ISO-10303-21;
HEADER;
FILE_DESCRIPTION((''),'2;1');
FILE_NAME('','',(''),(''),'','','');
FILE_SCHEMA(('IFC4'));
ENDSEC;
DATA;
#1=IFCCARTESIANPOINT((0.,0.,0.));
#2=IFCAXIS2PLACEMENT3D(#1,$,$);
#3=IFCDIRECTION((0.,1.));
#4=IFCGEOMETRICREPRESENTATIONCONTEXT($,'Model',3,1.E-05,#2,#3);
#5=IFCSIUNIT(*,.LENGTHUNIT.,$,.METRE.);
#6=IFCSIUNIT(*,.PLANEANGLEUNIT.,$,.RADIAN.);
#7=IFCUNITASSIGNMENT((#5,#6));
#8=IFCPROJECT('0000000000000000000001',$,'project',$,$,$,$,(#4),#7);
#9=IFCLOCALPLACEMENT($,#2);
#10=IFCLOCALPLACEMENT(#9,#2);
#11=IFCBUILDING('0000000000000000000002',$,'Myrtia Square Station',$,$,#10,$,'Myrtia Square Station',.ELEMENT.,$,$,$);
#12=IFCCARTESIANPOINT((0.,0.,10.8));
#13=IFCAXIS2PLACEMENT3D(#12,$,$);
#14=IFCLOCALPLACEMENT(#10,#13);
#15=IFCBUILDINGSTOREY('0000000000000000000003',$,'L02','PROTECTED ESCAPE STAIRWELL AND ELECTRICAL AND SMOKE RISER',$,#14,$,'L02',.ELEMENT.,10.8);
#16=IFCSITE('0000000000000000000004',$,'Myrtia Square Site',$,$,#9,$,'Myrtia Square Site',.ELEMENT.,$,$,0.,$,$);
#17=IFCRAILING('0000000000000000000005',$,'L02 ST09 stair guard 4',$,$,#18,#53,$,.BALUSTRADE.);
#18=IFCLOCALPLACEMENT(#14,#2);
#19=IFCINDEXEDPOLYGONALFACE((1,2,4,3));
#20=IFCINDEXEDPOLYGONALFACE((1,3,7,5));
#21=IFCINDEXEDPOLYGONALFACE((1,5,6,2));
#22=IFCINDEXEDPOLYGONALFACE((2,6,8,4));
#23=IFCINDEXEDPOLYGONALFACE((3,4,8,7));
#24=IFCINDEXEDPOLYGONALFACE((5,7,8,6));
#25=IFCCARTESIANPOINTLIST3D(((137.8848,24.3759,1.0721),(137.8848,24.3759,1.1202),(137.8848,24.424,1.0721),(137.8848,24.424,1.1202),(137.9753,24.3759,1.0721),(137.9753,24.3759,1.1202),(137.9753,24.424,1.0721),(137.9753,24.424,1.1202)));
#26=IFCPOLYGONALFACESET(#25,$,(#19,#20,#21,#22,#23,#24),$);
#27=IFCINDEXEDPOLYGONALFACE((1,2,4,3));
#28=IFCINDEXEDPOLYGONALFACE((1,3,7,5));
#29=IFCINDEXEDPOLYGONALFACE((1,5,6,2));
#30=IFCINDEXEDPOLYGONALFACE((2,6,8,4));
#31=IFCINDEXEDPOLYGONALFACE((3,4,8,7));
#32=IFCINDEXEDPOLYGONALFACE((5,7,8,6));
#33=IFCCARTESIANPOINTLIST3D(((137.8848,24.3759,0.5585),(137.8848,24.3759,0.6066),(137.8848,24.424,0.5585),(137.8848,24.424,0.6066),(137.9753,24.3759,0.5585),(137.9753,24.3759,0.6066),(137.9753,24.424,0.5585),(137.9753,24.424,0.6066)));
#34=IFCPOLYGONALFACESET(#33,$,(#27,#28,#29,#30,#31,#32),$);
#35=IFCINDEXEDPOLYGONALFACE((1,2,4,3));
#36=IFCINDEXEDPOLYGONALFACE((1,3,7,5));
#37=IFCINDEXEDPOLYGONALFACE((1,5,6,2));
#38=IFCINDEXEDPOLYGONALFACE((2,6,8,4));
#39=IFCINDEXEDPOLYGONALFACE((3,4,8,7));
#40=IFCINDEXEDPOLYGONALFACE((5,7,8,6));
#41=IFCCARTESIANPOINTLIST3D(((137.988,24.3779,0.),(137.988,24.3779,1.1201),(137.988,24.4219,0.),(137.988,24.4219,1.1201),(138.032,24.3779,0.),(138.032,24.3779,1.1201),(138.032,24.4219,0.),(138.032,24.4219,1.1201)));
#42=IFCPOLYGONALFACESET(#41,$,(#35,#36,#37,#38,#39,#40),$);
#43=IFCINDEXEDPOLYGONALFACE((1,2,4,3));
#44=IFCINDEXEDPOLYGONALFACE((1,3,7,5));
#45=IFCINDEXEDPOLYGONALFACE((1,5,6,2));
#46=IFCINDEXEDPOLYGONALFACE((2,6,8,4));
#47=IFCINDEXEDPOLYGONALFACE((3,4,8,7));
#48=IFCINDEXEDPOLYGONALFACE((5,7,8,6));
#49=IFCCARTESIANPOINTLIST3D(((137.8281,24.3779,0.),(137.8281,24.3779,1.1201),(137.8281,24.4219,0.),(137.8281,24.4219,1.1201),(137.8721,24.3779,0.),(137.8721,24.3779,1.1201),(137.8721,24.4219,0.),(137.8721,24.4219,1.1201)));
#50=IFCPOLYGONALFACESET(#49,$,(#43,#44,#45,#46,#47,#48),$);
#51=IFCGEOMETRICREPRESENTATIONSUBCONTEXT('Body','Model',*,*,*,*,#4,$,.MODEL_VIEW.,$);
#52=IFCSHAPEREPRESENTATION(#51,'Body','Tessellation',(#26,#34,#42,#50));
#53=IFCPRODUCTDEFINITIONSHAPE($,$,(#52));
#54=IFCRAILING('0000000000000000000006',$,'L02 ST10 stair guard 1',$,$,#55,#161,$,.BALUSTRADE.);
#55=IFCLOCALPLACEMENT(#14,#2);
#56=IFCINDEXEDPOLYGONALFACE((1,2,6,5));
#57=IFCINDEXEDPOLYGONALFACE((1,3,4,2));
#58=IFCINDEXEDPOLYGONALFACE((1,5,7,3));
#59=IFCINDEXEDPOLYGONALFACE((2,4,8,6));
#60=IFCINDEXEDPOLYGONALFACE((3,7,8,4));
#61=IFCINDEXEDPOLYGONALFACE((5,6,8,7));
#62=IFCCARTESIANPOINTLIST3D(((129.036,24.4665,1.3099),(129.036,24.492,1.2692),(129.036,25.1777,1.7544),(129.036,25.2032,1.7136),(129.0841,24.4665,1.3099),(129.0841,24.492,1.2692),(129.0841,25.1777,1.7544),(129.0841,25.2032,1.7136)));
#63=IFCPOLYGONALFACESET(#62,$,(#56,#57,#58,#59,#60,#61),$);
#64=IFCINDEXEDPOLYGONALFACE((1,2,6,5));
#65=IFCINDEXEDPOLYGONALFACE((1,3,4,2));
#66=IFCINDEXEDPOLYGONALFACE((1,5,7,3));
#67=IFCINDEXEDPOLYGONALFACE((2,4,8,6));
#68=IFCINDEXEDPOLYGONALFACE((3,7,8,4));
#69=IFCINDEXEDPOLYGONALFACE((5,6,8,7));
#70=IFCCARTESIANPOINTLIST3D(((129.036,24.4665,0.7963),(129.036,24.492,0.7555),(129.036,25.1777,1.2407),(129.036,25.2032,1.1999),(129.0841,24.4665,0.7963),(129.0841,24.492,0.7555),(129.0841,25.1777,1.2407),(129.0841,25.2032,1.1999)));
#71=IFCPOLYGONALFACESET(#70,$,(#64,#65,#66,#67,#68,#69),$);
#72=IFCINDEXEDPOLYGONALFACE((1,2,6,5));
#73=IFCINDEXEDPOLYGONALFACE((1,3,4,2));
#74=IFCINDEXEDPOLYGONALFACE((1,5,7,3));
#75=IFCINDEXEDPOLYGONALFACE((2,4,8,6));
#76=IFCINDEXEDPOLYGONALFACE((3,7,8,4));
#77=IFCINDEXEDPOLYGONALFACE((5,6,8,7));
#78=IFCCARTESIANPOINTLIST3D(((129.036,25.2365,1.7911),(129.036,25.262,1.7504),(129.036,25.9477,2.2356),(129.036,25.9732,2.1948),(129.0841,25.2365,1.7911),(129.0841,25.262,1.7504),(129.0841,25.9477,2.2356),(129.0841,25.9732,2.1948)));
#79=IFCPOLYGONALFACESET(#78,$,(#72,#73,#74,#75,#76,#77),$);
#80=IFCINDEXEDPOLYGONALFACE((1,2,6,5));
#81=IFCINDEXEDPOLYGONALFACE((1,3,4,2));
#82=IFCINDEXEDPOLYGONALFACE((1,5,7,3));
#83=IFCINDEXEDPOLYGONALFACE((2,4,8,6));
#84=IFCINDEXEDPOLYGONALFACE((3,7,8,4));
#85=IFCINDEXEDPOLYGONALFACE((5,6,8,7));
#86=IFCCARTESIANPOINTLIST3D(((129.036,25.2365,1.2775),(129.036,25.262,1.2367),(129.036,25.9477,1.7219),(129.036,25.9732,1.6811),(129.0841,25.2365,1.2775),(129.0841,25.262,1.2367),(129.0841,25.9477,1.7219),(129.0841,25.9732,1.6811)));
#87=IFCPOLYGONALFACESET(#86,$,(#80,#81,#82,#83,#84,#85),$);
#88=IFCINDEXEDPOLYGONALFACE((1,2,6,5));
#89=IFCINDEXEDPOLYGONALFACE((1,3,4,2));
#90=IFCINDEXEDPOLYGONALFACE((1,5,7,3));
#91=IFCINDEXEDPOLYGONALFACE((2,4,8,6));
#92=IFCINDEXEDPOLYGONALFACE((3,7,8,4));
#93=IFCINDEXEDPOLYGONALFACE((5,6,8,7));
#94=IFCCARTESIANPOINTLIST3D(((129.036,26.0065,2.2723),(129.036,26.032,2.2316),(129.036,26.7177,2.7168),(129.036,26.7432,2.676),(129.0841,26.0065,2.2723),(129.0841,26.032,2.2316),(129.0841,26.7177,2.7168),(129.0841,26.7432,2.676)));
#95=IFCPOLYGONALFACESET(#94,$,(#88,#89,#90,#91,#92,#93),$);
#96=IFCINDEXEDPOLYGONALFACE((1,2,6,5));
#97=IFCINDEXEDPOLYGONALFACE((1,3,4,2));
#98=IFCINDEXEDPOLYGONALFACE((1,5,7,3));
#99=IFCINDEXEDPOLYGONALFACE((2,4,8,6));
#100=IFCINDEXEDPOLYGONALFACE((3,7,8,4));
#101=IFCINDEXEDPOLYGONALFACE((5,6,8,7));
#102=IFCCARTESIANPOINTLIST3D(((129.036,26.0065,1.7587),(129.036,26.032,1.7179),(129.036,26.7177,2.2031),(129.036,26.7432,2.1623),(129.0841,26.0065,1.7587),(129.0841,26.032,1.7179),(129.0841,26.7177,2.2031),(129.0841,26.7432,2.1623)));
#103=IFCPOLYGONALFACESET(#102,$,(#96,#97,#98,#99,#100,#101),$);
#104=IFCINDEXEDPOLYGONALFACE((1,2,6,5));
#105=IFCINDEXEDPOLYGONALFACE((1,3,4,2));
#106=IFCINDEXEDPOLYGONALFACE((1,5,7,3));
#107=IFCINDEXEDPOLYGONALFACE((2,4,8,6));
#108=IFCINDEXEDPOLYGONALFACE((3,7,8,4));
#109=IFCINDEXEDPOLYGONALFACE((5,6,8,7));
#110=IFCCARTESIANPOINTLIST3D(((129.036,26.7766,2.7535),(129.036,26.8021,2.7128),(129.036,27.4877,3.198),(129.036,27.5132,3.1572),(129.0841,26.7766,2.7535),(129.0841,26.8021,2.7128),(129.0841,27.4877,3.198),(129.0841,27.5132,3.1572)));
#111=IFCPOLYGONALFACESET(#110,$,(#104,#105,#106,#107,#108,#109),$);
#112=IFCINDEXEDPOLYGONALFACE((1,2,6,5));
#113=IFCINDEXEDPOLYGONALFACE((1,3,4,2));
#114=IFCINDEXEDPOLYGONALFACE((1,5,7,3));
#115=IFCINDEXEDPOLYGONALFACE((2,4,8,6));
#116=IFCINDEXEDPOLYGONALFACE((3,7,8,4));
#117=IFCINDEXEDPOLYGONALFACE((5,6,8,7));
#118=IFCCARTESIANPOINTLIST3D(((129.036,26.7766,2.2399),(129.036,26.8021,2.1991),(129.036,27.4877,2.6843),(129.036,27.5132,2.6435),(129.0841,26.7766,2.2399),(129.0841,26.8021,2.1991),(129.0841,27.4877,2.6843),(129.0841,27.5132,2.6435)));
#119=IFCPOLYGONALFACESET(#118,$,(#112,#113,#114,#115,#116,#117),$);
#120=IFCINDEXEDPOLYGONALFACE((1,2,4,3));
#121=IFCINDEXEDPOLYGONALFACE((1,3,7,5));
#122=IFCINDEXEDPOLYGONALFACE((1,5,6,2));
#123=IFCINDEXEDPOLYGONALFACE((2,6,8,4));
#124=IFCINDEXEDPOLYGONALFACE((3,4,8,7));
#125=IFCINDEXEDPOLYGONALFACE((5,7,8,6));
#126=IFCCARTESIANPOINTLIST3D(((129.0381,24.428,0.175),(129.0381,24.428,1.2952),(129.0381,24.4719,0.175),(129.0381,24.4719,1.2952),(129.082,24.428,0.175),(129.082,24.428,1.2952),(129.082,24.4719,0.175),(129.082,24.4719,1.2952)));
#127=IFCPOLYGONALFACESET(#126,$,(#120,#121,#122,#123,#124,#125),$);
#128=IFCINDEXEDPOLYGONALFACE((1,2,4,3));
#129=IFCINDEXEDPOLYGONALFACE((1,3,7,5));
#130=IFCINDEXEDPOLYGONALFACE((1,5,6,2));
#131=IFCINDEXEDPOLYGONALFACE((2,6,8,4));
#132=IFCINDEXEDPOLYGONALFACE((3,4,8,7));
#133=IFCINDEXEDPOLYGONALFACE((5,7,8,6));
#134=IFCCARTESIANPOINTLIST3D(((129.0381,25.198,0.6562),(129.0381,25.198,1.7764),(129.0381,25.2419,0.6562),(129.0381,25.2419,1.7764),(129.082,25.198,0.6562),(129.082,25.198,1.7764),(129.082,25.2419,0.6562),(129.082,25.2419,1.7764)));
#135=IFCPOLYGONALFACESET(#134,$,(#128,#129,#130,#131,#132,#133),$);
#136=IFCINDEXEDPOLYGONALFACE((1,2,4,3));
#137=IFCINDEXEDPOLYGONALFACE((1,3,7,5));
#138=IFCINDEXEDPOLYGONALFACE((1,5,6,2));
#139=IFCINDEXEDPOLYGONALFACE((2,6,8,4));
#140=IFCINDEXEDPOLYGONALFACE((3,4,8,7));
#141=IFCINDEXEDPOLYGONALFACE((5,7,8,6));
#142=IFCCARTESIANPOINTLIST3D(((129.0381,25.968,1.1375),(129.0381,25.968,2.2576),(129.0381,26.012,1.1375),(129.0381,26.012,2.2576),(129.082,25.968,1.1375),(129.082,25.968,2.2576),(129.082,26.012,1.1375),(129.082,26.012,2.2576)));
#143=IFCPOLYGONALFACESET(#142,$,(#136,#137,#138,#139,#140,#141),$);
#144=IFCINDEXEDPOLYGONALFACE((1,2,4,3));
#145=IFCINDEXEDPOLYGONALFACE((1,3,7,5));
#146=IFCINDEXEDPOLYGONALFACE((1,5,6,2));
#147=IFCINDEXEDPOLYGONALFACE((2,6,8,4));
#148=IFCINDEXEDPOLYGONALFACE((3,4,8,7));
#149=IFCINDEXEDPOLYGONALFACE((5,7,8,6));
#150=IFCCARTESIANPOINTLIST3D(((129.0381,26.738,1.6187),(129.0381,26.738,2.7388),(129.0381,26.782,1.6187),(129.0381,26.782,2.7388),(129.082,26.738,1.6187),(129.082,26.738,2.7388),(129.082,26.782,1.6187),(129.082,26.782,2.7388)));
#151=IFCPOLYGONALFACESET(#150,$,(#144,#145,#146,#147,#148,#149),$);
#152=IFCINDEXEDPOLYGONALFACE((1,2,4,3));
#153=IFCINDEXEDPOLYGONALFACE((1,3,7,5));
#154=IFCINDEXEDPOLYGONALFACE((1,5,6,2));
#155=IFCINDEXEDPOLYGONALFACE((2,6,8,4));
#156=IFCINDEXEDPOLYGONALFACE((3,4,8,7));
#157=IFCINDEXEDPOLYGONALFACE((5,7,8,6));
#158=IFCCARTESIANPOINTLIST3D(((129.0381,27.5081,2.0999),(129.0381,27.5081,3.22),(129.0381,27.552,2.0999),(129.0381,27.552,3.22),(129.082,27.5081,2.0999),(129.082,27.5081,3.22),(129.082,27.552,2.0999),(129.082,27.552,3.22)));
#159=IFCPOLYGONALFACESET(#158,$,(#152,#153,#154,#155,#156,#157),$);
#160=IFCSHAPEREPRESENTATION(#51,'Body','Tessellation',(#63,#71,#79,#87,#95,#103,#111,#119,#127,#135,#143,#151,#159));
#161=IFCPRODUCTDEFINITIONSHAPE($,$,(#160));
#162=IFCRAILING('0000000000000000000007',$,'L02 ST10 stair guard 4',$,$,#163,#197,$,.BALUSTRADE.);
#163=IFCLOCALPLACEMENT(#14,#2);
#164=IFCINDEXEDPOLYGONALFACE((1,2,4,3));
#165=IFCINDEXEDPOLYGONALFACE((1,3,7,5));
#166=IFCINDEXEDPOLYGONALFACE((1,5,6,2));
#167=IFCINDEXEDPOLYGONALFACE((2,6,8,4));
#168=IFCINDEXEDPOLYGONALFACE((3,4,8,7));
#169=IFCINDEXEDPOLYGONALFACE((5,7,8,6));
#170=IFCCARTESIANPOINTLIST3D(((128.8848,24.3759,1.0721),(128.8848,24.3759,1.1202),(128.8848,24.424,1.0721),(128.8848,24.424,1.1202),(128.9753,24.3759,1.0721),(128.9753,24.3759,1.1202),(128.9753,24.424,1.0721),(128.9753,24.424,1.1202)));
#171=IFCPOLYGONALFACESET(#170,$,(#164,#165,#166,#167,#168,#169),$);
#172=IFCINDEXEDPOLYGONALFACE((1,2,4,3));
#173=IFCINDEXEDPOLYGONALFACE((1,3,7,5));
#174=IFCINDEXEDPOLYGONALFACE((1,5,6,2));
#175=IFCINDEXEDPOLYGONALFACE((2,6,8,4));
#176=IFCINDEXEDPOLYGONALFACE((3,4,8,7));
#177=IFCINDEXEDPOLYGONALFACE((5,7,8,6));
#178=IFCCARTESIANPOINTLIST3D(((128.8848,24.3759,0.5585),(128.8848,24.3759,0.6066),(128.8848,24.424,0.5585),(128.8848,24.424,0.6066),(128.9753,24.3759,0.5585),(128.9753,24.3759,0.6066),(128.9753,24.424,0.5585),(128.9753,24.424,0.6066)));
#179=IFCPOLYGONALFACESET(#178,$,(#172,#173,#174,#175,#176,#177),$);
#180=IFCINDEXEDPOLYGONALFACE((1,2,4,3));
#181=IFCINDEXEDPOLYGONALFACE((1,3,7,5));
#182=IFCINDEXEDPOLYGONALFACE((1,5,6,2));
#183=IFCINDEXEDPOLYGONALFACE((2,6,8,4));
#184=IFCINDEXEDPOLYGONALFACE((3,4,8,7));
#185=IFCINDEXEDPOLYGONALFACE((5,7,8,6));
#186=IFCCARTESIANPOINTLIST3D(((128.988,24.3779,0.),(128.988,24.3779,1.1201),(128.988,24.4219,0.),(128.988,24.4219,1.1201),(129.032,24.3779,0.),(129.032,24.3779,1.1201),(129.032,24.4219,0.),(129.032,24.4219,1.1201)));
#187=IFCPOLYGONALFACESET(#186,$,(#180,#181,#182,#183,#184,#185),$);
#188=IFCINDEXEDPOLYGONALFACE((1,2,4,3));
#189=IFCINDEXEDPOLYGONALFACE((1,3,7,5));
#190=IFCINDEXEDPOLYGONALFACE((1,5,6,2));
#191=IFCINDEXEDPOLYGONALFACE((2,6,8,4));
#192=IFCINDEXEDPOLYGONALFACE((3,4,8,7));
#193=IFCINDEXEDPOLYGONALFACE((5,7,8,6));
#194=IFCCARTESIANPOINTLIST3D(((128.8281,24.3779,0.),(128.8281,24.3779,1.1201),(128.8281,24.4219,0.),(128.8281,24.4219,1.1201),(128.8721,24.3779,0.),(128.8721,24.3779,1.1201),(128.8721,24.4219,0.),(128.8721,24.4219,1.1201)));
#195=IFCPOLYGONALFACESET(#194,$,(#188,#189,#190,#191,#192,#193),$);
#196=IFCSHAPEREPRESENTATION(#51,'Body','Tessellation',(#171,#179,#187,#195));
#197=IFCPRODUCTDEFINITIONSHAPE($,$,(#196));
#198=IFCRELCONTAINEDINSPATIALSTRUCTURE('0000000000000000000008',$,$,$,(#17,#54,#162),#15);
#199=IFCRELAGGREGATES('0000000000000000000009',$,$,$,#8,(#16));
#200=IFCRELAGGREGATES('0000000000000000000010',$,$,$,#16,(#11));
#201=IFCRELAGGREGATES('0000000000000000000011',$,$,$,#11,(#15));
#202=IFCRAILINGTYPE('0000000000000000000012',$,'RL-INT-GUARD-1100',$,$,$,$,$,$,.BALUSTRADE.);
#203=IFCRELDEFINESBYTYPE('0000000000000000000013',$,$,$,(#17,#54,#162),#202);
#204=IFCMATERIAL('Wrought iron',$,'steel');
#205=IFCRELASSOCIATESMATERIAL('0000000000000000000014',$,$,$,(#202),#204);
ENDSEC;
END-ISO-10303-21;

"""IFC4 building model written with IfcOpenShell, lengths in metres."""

from ifc_helpers import new_model, si_unit, direction, frame, origin, origin_2d, place, context, subcontext, project, spatial, rectangle, extrude, material, type_object, element, save


model = new_model("IFC4")

# Units and contexts
model_context = context("Model", 3, precision=1e-05, world=origin(), true_north=direction((0.0, 1.0)))
body_context = subcontext(model_context, "Body", "Model", "MODEL_VIEW")
ifc_project = project(units=[si_unit("LENGTHUNIT", "METRE"), si_unit("PLANEANGLEUNIT", "RADIAN")], contexts=[model_context])

# Site, building, storey
site_placement = place(None, origin())
site = spatial("IfcSite", under=ifc_project, at=site_placement, Name="Myrtia Square Site", LongName="Myrtia Square Site", CompositionType="ELEMENT", RefElevation=0.0)
building_placement = place(site_placement, origin())
building = spatial("IfcBuilding", under=site, at=building_placement, Name="Myrtia Square Station", LongName="Myrtia Square Station", CompositionType="ELEMENT")
storey_placement = place(building_placement, frame((0.0, 0.0, 10.8)))
storey = spatial("IfcBuildingStorey", under=building, at=storey_placement, Name="L02", Description="PROTECTED ESCAPE STAIRWELL AND ELECTRICAL AND SMOKE RISER", LongName="L02", CompositionType="ELEMENT", Elevation=10.8)

# Railings
ifc_material_1 = material(Name="Wrought iron", Category="steel")
railing_type_1 = type_object("IfcRailingType", Name="RL-INT-GUARD-1100", PredefinedType="BALUSTRADE", material=ifc_material_1)
railing_1_placement = place(storey_placement, frame((138.01, 24.3999, 0.0)))
element("IfcRailing", 1, at=railing_1_placement, inside=storey, type_object=railing_type_1, Name="L02 ST09 stair guard 4", PredefinedType="BALUSTRADE", context=body_context, shape_type="SweptSolid", body=[
    extrude(rectangle(XDim=0.0481, YDim=0.0481, at=origin_2d()), frame((-0.0347, 0.0, 1.0962), z_axis=(-1.0, 0.0, 0.0), x_axis=(0.0, -1.0, 0.0)), (0.0, 0.0, 1.0), 0.0906),
    extrude(rectangle(XDim=0.0481, YDim=0.0481, at=origin_2d()), frame((-0.0347, 0.0, 0.5825), z_axis=(-1.0, 0.0, 0.0), x_axis=(0.0, -1.0, 0.0)), (0.0, 0.0, 1.0), 0.0906),
    extrude(rectangle(XDim=0.0439, YDim=0.0439, at=origin_2d()), origin(), (0.0, 0.0, 1.0), 1.1201),
    extrude(rectangle(XDim=0.0439, YDim=0.0439, at=origin_2d()), frame((-0.1599, 0.0, 0.0)), (0.0, 0.0, 1.0), 1.1201),
])
railing_2_placement = place(storey_placement, frame((129.0601, 24.45, 0.175)))
element("IfcRailing", 2, at=railing_2_placement, inside=storey, type_object=railing_type_1, Name="L02 ST10 stair guard 1", PredefinedType="BALUSTRADE", context=body_context, shape_type="SweptSolid", body=[
    extrude(rectangle(XDim=0.0481, YDim=0.0481, at=origin_2d()), frame((0.0, 0.0293, 1.1145), z_axis=(0.0, 0.848029, 0.529951), x_axis=(-1.0, 0.0, 0.0)), (0.0, 0.0, 1.0), 0.8386),
    extrude(rectangle(XDim=0.0481, YDim=0.0481, at=origin_2d()), frame((0.0, 0.0293, 0.6008), z_axis=(0.0, 0.848029, 0.529951), x_axis=(-1.0, 0.0, 0.0)), (0.0, 0.0, 1.0), 0.8386),
    extrude(rectangle(XDim=0.0481, YDim=0.0481, at=origin_2d()), frame((0.0, 0.7993, 1.5957), z_axis=(0.0, 0.848029, 0.529951), x_axis=(-1.0, 0.0, 0.0)), (0.0, 0.0, 1.0), 0.8386),
    extrude(rectangle(XDim=0.0481, YDim=0.0481, at=origin_2d()), frame((0.0, 0.7993, 1.082), z_axis=(0.0, 0.848029, 0.529951), x_axis=(-1.0, 0.0, 0.0)), (0.0, 0.0, 1.0), 0.8386),
    extrude(rectangle(XDim=0.0481, YDim=0.0481, at=origin_2d()), frame((0.0, 1.5693, 2.0769), z_axis=(0.0, 0.848029, 0.529951), x_axis=(-1.0, 0.0, 0.0)), (0.0, 0.0, 1.0), 0.8386),
    extrude(rectangle(XDim=0.0481, YDim=0.0481, at=origin_2d()), frame((0.0, 1.5693, 1.5632), z_axis=(0.0, 0.848029, 0.529951), x_axis=(-1.0, 0.0, 0.0)), (0.0, 0.0, 1.0), 0.8386),
    extrude(rectangle(XDim=0.0481, YDim=0.0481, at=origin_2d()), frame((0.0, 2.3394, 2.5581), z_axis=(0.0, 0.848029, 0.529951), x_axis=(-1.0, 0.0, 0.0)), (0.0, 0.0, 1.0), 0.8386),
    extrude(rectangle(XDim=0.0481, YDim=0.0481, at=origin_2d()), frame((0.0, 2.3394, 2.0444), z_axis=(0.0, 0.848029, 0.529951), x_axis=(-1.0, 0.0, 0.0)), (0.0, 0.0, 1.0), 0.8386),
    extrude(rectangle(XDim=0.0439, YDim=0.0439, at=origin_2d()), origin(), (0.0, 0.0, 1.0), 1.1201),
    extrude(rectangle(XDim=0.0439, YDim=0.0439, at=origin_2d()), frame((0.0, 0.77, 0.4812)), (0.0, 0.0, 1.0), 1.1201),
    extrude(rectangle(XDim=0.0439, YDim=0.0439, at=origin_2d()), frame((0.0, 1.54, 0.9624)), (0.0, 0.0, 1.0), 1.1201),
    extrude(rectangle(XDim=0.0439, YDim=0.0439, at=origin_2d()), frame((0.0, 2.3101, 1.4436)), (0.0, 0.0, 1.0), 1.1201),
    extrude(rectangle(XDim=0.0439, YDim=0.0439, at=origin_2d()), frame((0.0, 3.0801, 1.9248)), (0.0, 0.0, 1.0), 1.1201),
])
railing_3_placement = place(storey_placement, frame((129.01, 24.3999, 0.0)))
element("IfcRailing", 3, at=railing_3_placement, inside=storey, type_object=railing_type_1, Name="L02 ST10 stair guard 4", PredefinedType="BALUSTRADE", context=body_context, shape_type="SweptSolid", body=[
    extrude(rectangle(XDim=0.0481, YDim=0.0481, at=origin_2d()), frame((-0.0347, 0.0, 1.0962), z_axis=(-1.0, 0.0, 0.0), x_axis=(0.0, -1.0, 0.0)), (0.0, 0.0, 1.0), 0.0906),
    extrude(rectangle(XDim=0.0481, YDim=0.0481, at=origin_2d()), frame((-0.0347, 0.0, 0.5825), z_axis=(-1.0, 0.0, 0.0), x_axis=(0.0, -1.0, 0.0)), (0.0, 0.0, 1.0), 0.0906),
    extrude(rectangle(XDim=0.0439, YDim=0.0439, at=origin_2d()), origin(), (0.0, 0.0, 1.0), 1.1201),
    extrude(rectangle(XDim=0.0439, YDim=0.0439, at=origin_2d()), frame((-0.1599, 0.0, 0.0)), (0.0, 0.0, 1.0), 1.1201),
])

save(model, "model.ifc")
